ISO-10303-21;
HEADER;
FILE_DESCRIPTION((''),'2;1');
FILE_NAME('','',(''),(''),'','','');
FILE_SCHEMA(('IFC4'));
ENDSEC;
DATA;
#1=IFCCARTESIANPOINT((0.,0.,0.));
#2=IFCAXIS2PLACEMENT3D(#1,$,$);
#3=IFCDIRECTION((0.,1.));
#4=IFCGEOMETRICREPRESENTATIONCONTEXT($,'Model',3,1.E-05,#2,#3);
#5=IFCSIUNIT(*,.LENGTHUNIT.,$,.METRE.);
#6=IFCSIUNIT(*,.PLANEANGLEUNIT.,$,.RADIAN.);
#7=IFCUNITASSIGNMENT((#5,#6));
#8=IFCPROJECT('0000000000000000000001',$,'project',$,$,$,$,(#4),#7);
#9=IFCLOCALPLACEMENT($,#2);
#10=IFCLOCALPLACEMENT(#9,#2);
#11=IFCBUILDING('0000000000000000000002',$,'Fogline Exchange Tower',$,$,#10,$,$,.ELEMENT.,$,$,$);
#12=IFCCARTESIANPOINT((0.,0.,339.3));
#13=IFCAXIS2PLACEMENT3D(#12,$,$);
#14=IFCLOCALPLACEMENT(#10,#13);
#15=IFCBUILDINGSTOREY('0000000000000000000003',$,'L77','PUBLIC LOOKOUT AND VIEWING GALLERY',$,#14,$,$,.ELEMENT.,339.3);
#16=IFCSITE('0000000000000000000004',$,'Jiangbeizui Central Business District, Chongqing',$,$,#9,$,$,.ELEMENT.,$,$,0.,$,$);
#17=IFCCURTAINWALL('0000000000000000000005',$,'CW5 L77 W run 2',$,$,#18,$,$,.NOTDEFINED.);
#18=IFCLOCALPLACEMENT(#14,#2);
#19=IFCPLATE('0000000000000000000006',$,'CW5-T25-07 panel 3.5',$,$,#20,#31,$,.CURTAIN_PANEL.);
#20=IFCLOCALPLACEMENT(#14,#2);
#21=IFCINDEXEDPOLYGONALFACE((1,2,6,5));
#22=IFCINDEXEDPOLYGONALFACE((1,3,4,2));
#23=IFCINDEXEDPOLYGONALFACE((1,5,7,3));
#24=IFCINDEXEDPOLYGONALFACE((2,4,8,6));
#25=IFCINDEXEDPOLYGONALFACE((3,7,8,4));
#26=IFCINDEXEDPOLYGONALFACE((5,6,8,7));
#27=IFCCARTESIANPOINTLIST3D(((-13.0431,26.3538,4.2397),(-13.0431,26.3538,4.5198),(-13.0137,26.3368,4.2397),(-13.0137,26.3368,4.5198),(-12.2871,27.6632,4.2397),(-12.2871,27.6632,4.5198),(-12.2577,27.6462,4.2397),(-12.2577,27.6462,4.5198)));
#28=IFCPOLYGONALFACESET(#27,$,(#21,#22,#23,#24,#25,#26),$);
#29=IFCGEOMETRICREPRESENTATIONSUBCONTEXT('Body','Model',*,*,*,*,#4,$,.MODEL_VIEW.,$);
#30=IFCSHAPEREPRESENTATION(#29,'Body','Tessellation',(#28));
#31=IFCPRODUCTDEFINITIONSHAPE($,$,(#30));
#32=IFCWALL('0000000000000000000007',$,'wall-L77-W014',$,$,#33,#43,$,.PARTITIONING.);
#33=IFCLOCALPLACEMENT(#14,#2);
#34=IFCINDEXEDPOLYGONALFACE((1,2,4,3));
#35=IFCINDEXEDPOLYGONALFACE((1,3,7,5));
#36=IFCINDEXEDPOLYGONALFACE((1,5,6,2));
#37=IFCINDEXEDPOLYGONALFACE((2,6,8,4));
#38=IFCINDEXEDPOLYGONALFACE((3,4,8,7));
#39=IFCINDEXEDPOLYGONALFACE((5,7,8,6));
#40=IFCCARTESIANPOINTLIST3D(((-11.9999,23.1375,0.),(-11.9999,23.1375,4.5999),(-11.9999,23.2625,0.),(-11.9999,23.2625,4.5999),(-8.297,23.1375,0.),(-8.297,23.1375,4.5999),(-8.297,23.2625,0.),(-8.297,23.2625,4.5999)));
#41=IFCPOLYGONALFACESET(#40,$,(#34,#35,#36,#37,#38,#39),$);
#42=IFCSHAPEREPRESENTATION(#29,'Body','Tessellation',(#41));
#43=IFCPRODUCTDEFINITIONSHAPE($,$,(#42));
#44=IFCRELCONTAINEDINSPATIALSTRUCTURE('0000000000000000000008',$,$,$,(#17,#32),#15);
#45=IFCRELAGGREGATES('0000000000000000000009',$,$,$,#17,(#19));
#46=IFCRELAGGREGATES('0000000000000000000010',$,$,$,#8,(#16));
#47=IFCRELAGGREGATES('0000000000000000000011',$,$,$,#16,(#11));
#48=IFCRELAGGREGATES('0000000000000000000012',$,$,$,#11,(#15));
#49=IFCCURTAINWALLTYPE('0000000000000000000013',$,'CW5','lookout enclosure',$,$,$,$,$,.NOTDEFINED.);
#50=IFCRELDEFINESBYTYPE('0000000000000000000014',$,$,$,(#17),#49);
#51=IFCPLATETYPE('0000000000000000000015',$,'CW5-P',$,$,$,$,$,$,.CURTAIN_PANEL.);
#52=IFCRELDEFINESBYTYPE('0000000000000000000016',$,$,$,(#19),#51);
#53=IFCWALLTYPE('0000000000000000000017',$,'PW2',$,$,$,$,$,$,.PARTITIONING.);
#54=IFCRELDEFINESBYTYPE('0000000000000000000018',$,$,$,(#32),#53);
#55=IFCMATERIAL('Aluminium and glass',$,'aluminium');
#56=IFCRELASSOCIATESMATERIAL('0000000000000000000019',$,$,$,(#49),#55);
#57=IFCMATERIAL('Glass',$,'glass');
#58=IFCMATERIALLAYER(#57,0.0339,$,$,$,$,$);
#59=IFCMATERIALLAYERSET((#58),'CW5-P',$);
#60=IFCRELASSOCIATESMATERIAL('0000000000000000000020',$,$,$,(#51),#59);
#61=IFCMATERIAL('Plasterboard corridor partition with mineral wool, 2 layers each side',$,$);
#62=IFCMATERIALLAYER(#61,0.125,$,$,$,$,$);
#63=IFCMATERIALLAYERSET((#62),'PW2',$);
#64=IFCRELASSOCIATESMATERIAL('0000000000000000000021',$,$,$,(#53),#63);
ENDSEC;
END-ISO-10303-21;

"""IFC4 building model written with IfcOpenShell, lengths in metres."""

from ifc_helpers import new_model, si_unit, direction, frame, frame_2d, origin, origin_2d, place, context, subcontext, project, spatial, rectangle, extrude, material, layer, layer_set, type_object, element, aggregate, save


model = new_model("IFC4")

# Units and contexts
model_context = context("Model", 3, precision=1e-05, world=origin(), true_north=direction((0.0, 1.0)))
body_context = subcontext(model_context, "Body", "Model", "MODEL_VIEW")
ifc_project = project(units=[si_unit("LENGTHUNIT", "METRE"), si_unit("PLANEANGLEUNIT", "RADIAN")], contexts=[model_context])

# Site, building, storey
site_placement = place(None, origin())
site = spatial("IfcSite", under=ifc_project, at=site_placement, Name="Jiangbeizui Central Business District, Chongqing", CompositionType="ELEMENT", RefElevation=0.0)
building_placement = place(site_placement, origin())
building = spatial("IfcBuilding", under=site, at=building_placement, Name="Fogline Exchange Tower", CompositionType="ELEMENT")
storey_placement = place(building_placement, frame((0.0, 0.0, 339.3)))
storey = spatial("IfcBuildingStorey", under=building, at=storey_placement, Name="L77", Description="PUBLIC LOOKOUT AND VIEWING GALLERY", CompositionType="ELEMENT", Elevation=339.3)

# Curtain wall, plate
ifc_material_1 = material(Name="Aluminium and glass", Category="aluminium")
curtain_wall_type = type_object("IfcCurtainWallType", Name="CW5", Description="lookout enclosure", PredefinedType="NOTDEFINED", material=ifc_material_1)
curtain_wall_placement = place(storey_placement, origin())
curtain_wall = element("IfcCurtainWall", 1, at=curtain_wall_placement, inside=storey, type_object=curtain_wall_type, Name="CW5 L77 W run 2", PredefinedType="NOTDEFINED")
ifc_material_2 = material(Name="Glass", Category="glass")
ifc_layer_1 = layer(ifc_material_2, 0.0339)
ifc_layer_set_1 = layer_set([ifc_layer_1], Name="CW5-P")
plate_type = type_object("IfcPlateType", Name="CW5-P", PredefinedType="CURTAIN_PANEL", material=ifc_layer_set_1)
plate_1_placement = place(storey_placement, frame((-12.6504, 27.0, 4.2397), z_axis=(0.0, 0.0, 1.0), x_axis=(-0.5, -0.866025, 0.0)))
plate_1 = element("IfcPlate", 2, at=plate_1_placement, type_object=plate_type, Name="CW5-T25-07 panel 3.5", PredefinedType="CURTAIN_PANEL", context=body_context, shape_type="SweptSolid", body=[
    extrude(rectangle(XDim=1.512, YDim=0.0339, at=origin_2d()), origin(), (0.0, 0.0, 1.0), 0.28),
])
aggregate(curtain_wall, [plate_1])

# Wall
ifc_material_3 = material(Name="Plasterboard corridor partition with mineral wool, 2 layers each side")
ifc_layer_2 = layer(ifc_material_3, 0.125)
ifc_layer_set_2 = layer_set([ifc_layer_2], Name="PW2")
wall_type = type_object("IfcWallType", Name="PW2", PredefinedType="PARTITIONING", material=ifc_layer_set_2)
wall_placement = place(storey_placement, frame((-12.0, 23.2, 0.0), z_axis=(0.0, 0.0, 1.0), x_axis=(1.0, 0.0, 0.0)))
element("IfcWall", 3, at=wall_placement, inside=storey, type_object=wall_type, Name="wall-L77-W014", PredefinedType="PARTITIONING", context=body_context, shape_type="SweptSolid", body=[
    extrude(rectangle(XDim=3.7029, YDim=0.125, at=frame_2d((1.8516, 0.0))), origin(), (0.0, 0.0, 1.0), 4.5999),
])

save(model, "model.ifc")
